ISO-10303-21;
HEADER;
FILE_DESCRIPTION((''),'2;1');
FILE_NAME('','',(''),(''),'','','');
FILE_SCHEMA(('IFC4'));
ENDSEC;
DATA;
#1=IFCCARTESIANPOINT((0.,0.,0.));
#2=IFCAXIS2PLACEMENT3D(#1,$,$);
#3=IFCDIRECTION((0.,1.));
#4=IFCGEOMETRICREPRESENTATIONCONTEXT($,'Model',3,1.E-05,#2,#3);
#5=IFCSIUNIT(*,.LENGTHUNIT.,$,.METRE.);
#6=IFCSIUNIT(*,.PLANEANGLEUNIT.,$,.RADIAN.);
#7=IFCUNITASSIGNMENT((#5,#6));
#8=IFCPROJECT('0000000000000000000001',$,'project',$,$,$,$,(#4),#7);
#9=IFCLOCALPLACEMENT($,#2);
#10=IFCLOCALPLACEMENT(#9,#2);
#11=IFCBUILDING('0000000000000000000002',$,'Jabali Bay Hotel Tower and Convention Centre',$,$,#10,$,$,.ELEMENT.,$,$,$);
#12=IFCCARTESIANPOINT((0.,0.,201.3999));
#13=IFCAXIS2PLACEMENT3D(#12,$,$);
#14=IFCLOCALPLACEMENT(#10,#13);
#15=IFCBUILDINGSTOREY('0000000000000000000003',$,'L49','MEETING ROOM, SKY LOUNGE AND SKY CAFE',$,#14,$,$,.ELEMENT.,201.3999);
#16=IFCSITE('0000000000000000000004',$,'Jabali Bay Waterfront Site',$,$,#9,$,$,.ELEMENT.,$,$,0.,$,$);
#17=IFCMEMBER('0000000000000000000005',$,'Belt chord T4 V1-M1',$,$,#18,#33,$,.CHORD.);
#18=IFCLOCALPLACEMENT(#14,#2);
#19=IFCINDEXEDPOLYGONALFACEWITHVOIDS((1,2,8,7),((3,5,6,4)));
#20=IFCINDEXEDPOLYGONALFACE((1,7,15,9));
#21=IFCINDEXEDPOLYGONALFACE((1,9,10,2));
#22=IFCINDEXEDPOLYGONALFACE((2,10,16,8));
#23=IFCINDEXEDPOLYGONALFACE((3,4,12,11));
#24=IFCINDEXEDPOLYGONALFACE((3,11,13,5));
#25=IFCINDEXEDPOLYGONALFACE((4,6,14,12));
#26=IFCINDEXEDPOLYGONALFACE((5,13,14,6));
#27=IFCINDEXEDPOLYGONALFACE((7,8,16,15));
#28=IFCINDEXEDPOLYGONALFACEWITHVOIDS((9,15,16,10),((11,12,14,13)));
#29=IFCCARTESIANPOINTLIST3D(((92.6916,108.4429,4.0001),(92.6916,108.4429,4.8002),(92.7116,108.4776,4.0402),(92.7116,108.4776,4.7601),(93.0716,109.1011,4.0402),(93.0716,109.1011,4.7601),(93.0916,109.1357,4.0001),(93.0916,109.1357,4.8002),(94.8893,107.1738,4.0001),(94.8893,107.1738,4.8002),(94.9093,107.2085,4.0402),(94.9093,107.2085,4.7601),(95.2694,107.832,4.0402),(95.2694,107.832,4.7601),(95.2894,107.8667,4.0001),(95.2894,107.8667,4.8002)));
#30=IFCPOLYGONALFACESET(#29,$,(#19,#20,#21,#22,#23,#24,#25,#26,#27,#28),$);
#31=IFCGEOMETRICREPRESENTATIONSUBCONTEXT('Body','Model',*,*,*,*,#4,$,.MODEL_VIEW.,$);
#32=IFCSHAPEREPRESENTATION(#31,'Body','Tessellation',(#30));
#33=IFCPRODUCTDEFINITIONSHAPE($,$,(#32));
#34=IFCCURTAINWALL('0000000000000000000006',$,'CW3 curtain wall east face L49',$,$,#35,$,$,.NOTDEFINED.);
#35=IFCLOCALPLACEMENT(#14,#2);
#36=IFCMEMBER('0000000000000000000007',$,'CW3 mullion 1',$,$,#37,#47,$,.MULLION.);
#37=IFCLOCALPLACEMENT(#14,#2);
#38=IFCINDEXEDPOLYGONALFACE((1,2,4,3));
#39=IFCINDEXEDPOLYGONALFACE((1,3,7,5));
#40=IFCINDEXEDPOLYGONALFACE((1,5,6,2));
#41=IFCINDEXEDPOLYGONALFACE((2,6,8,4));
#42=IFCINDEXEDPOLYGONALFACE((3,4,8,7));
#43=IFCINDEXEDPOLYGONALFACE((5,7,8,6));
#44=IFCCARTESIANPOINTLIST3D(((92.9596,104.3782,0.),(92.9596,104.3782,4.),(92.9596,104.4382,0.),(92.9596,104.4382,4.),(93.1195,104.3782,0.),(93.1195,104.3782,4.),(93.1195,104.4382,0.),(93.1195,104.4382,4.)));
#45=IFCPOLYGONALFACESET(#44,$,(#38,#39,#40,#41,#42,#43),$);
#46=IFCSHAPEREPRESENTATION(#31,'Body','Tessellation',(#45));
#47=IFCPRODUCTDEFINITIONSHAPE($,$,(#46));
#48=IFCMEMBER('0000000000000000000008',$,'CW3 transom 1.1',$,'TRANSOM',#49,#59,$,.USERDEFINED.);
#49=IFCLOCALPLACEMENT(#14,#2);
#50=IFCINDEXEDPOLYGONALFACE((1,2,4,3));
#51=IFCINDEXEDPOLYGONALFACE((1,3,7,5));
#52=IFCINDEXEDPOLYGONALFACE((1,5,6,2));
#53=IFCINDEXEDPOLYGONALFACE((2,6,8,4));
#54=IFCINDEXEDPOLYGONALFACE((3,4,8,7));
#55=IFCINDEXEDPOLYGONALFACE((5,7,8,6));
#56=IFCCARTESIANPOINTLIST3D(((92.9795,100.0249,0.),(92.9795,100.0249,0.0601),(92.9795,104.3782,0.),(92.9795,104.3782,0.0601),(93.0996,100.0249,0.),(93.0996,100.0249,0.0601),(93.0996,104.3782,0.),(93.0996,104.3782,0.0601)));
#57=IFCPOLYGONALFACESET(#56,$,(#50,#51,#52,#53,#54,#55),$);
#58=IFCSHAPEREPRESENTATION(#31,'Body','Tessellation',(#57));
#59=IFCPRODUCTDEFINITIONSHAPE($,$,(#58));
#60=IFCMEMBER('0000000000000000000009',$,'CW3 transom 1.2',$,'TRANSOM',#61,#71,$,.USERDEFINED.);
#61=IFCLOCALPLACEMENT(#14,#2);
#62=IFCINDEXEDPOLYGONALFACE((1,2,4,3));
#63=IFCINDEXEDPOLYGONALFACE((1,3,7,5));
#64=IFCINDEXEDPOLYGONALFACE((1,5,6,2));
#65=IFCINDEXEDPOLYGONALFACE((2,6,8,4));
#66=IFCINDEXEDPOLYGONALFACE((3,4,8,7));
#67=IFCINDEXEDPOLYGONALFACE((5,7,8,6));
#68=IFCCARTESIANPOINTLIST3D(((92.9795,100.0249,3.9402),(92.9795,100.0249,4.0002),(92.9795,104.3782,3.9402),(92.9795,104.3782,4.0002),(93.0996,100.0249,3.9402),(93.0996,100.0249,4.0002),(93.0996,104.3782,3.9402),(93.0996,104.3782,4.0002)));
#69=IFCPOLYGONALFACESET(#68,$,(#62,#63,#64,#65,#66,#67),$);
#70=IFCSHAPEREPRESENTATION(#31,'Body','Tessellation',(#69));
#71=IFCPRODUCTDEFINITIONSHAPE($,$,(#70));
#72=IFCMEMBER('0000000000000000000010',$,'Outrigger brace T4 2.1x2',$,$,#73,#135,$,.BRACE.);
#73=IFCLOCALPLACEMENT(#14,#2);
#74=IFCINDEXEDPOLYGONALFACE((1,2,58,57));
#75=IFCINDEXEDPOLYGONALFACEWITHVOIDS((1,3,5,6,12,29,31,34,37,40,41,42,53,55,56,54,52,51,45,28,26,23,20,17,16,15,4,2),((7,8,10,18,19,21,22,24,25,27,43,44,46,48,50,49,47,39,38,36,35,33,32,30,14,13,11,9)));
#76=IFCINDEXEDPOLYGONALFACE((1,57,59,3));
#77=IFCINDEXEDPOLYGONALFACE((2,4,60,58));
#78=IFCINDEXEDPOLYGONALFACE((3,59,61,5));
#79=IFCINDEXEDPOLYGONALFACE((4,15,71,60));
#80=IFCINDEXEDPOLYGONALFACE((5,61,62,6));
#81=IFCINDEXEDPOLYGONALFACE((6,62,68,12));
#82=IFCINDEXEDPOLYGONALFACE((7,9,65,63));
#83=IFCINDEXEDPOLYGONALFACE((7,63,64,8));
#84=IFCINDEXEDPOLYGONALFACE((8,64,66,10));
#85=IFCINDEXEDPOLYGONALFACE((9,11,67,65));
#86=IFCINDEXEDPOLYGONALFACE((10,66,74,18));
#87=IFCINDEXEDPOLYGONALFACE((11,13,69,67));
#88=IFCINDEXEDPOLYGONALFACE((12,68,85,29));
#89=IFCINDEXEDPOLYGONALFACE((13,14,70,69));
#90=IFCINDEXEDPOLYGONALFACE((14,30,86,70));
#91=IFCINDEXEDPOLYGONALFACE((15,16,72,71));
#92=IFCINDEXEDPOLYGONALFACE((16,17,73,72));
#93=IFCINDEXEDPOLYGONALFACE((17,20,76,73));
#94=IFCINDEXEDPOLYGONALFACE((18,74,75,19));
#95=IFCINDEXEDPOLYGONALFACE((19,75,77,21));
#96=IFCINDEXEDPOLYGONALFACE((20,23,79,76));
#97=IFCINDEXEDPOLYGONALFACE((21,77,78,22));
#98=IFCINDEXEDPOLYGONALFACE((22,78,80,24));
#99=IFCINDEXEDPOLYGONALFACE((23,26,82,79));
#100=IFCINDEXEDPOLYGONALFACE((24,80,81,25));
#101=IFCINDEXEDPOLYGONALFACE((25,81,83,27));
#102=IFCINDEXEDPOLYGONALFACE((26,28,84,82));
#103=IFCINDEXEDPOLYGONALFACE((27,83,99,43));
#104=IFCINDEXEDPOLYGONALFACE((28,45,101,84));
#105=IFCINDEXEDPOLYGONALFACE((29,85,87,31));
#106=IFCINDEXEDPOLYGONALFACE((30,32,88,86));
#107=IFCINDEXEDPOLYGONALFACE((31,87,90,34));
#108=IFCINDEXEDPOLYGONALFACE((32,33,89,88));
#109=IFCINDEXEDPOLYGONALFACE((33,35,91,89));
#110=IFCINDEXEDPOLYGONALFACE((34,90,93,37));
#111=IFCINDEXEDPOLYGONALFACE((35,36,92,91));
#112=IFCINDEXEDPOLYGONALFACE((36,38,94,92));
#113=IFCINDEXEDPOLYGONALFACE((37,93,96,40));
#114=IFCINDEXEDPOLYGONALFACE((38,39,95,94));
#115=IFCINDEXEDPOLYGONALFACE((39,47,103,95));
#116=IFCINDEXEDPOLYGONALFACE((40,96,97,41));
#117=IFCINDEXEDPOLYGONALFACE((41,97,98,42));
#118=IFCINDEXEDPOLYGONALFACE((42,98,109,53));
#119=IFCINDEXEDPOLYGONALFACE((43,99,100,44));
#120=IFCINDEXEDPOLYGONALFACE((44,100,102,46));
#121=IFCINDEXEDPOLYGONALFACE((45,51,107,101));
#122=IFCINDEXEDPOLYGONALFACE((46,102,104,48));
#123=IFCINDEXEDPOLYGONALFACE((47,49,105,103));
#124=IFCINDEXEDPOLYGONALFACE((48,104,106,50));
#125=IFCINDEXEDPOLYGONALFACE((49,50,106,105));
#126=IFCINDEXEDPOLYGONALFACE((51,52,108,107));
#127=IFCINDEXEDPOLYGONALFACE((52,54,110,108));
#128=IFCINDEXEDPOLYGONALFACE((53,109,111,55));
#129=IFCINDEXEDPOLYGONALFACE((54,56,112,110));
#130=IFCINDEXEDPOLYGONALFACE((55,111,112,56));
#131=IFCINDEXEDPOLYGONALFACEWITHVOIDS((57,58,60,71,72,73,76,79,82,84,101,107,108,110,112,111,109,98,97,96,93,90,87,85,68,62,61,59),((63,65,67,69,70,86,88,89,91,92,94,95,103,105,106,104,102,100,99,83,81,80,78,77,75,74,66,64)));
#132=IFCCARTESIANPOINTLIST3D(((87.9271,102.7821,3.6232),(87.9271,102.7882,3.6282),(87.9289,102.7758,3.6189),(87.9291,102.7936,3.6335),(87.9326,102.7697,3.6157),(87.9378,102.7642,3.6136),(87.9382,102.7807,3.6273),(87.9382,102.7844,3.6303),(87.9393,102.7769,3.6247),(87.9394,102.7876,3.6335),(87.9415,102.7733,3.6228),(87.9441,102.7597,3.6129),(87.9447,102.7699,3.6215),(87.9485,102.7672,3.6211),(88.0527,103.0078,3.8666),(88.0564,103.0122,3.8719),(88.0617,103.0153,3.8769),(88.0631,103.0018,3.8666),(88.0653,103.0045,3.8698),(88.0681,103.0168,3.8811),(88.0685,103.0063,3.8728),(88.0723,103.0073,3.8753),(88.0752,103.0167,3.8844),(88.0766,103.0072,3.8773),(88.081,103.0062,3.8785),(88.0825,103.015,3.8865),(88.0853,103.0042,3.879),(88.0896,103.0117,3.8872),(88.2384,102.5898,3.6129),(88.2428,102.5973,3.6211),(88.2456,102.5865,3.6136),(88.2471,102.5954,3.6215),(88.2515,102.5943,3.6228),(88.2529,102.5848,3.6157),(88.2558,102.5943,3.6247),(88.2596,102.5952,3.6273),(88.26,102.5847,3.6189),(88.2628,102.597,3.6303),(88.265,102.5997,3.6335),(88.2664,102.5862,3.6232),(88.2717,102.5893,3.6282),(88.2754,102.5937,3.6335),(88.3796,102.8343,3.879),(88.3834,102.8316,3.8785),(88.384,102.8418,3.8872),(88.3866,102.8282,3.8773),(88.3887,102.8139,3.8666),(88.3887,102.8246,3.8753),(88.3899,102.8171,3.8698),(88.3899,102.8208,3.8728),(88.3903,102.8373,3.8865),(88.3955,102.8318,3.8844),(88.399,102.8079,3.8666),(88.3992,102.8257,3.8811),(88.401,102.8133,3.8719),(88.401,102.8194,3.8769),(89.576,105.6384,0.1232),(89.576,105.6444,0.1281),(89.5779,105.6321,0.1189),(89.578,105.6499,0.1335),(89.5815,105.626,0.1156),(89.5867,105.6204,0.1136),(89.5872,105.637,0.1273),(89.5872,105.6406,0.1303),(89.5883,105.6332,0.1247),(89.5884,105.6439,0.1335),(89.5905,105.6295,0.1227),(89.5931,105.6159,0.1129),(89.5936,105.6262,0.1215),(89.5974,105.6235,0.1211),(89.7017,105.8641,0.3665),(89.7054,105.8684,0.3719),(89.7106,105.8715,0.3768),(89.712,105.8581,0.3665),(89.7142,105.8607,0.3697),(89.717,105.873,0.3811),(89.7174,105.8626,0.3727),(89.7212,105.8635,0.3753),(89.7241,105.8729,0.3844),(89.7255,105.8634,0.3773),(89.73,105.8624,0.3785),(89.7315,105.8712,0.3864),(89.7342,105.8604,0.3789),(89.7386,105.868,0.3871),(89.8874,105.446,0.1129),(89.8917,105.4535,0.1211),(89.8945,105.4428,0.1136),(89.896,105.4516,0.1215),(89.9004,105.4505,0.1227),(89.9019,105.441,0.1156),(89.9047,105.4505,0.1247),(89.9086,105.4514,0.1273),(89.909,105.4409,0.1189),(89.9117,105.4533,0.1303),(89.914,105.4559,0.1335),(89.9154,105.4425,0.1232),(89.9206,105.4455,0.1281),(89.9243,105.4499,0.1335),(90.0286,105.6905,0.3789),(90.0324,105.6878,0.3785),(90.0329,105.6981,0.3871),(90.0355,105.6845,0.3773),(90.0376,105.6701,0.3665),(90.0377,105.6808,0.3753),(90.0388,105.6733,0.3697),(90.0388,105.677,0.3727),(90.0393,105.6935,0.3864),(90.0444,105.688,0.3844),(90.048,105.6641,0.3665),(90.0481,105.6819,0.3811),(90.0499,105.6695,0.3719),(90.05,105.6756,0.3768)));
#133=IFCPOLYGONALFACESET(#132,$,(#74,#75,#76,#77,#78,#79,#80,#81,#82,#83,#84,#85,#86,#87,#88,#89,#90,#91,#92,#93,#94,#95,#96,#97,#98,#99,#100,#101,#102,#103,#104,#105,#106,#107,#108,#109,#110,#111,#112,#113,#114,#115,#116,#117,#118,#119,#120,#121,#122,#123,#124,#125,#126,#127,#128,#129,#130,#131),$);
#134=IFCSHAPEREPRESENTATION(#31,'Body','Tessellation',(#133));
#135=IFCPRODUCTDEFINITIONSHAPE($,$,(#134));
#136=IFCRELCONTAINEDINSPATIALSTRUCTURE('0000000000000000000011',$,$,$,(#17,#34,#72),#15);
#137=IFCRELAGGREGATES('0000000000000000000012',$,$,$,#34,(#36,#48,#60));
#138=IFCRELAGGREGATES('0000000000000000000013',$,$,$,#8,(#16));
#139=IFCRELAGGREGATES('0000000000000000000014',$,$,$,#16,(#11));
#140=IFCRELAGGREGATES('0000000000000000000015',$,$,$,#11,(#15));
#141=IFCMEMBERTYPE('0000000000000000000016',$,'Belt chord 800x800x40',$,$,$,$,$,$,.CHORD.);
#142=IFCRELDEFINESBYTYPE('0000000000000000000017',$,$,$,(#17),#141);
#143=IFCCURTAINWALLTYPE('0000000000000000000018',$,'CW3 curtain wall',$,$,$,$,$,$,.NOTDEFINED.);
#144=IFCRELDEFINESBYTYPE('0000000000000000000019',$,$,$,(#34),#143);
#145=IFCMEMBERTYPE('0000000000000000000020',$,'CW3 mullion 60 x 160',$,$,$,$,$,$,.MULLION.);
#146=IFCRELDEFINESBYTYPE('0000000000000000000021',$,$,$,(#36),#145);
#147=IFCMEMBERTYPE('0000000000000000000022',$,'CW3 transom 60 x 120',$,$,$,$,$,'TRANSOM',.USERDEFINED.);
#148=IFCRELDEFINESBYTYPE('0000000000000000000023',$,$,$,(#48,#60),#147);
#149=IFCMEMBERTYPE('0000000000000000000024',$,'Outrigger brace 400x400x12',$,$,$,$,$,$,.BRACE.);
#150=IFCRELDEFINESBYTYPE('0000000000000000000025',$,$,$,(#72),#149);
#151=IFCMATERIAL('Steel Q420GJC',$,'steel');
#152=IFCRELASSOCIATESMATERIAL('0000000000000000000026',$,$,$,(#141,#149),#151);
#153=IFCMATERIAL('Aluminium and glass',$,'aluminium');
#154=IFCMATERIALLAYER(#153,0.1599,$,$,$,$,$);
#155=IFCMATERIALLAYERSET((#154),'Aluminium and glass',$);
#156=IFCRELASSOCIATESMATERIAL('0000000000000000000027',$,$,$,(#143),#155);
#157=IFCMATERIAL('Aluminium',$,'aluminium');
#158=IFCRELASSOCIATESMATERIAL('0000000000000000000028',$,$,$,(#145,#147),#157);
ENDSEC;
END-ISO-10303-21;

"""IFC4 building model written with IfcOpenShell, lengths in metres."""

from ifc_helpers import new_model, si_unit, direction, frame, origin, origin_2d, place, context, subcontext, project, spatial, rectangle, hollow_rectangle, extrude, material, layer, layer_set, material_profile, profile_set, type_object, element, aggregate, save


model = new_model("IFC4")

# Units and contexts
model_context = context("Model", 3, precision=1e-05, world=origin(), true_north=direction((0.0, 1.0)))
body_context = subcontext(model_context, "Body", "Model", "MODEL_VIEW")
ifc_project = project(units=[si_unit("LENGTHUNIT", "METRE"), si_unit("PLANEANGLEUNIT", "RADIAN")], contexts=[model_context])

# Site, building, storey
site_placement = place(None, origin())
site = spatial("IfcSite", under=ifc_project, at=site_placement, Name="Jabali Bay Waterfront Site", CompositionType="ELEMENT", RefElevation=0.0)
building_placement = place(site_placement, origin())
building = spatial("IfcBuilding", under=site, at=building_placement, Name="Jabali Bay Hotel Tower and Convention Centre", CompositionType="ELEMENT")
storey_placement = place(building_placement, frame((0.0, 0.0, 201.3999)))
storey = spatial("IfcBuildingStorey", under=building, at=storey_placement, Name="L49", Description="MEETING ROOM, SKY LOUNGE AND SKY CAFE", CompositionType="ELEMENT", Elevation=201.3999)

# Member
ifc_material_1 = material(Name="Steel Q420GJC", Category="steel")
ifc_material_profile_1 = material_profile(ifc_material_1, hollow_rectangle(XDim=0.8, YDim=0.8, WallThickness=0.04, at=origin_2d()), Name="Belt chord 800x800x40")
ifc_profile_set_1 = profile_set([ifc_material_profile_1], Name="Steel Q420GJC")
member_type_1 = type_object("IfcMemberType", Name="Belt chord 800x800x40", PredefinedType="CHORD", material=ifc_profile_set_1)
for number, where, z_axis, x_axis, name in (
    (1, (95.0894, 107.5203, 4.4001), (-0.865997, 0.50005, 0.0), (-0.50005, -0.865997, 0.0), "Belt chord T4 V1-M1"),
):
    element("IfcMember", number, at=place(storey_placement, frame(where, z_axis=z_axis, x_axis=x_axis)), inside=storey, type_object=member_type_1, Name=name, PredefinedType="CHORD", context=body_context, shape_type="SweptSolid", body=[
        extrude(hollow_rectangle(XDim=0.8, YDim=0.8, WallThickness=0.04, at=origin_2d()), origin(), (0.0, 0.0, 1.0), 2.5378),
    ])

# Curtain wall, members
ifc_material_2 = material(Name="Aluminium and glass", Category="aluminium")
ifc_layer_1 = layer(ifc_material_2, 0.1599)
ifc_layer_set_1 = layer_set([ifc_layer_1], Name="Aluminium and glass")
curtain_wall_type = type_object("IfcCurtainWallType", Name="CW3 curtain wall", PredefinedType="NOTDEFINED", material=ifc_layer_set_1)
curtain_wall_placement = place(storey_placement, origin())
curtain_wall = element("IfcCurtainWall", 2, at=curtain_wall_placement, inside=storey, type_object=curtain_wall_type, Name="CW3 curtain wall east face L49", PredefinedType="NOTDEFINED")
ifc_material_3 = material(Name="Aluminium", Category="aluminium")
ifc_material_profile_2 = material_profile(ifc_material_3, rectangle(XDim=0.1599, YDim=0.0601, at=origin_2d()), Name="CW3 mullion 60 x 160")
ifc_profile_set_2 = profile_set([ifc_material_profile_2], Name="Aluminium")
member_type_2 = type_object("IfcMemberType", Name="CW3 mullion 60 x 160", PredefinedType="MULLION", material=ifc_profile_set_2)
member_1_placement = place(storey_placement, frame((93.0396, 104.4082, 0.0), z_axis=(0.0, 0.0, 1.0), x_axis=(1.0, 0.0, 0.0)))
member_1 = element("IfcMember", 3, at=member_1_placement, type_object=member_type_2, Name="CW3 mullion 1", PredefinedType="MULLION", context=body_context, shape_type="SweptSolid", body=[
    extrude(rectangle(XDim=0.1599, YDim=0.0601, at=origin_2d()), origin(), (0.0, 0.0, 1.0), 4.0),
])
ifc_material_profile_3 = material_profile(ifc_material_3, rectangle(XDim=0.1201, YDim=0.0601, at=origin_2d()), Name="CW3 transom 60 x 120")
ifc_profile_set_3 = profile_set([ifc_material_profile_3], Name="Aluminium")
member_type_3 = type_object("IfcMemberType", Name="CW3 transom 60 x 120", ElementType="TRANSOM", PredefinedType="USERDEFINED", material=ifc_profile_set_3)
member_2_placement = place(storey_placement, frame((93.0396, 104.3782, 0.03), z_axis=(0.0, -1.0, 0.0), x_axis=(1.0, 0.0, 0.0)))
member_2 = element("IfcMember", 4, at=member_2_placement, type_object=member_type_3, Name="CW3 transom 1.1", ObjectType="TRANSOM", PredefinedType="USERDEFINED", context=body_context, shape_type="SweptSolid", body=[
    extrude(rectangle(XDim=0.1201, YDim=0.0601, at=origin_2d()), origin(), (0.0, 0.0, 1.0), 4.3533),
])
member_3_placement = place(storey_placement, frame((93.0396, 104.3782, 3.9702), z_axis=(0.0, -1.0, 0.0), x_axis=(1.0, 0.0, 0.0)))
member_3 = element("IfcMember", 5, at=member_3_placement, type_object=member_type_3, Name="CW3 transom 1.2", ObjectType="TRANSOM", PredefinedType="USERDEFINED", context=body_context, shape_type="SweptSolid", body=[
    extrude(rectangle(XDim=0.1201, YDim=0.0601, at=origin_2d()), origin(), (0.0, 0.0, 1.0), 4.3533),
])

# Member
ifc_material_profile_4 = material_profile(ifc_material_1, hollow_rectangle(XDim=0.3999, YDim=0.3999, WallThickness=0.012, InnerFilletRadius=0.0181, OuterFilletRadius=0.03, at=origin_2d()), Name="Outrigger brace 400x400x12")
ifc_profile_set_4 = profile_set([ifc_material_profile_4], Name="Steel Q420GJC")
member_type_4 = type_object("IfcMemberType", Name="Outrigger brace 400x400x12", PredefinedType="BRACE", material=ifc_profile_set_4)
member_4_placement = place(storey_placement, frame((89.813, 105.657, 0.25), z_axis=(-0.342881, -0.593924, 0.727796), x_axis=(0.866039, -0.499977, 0.0)))
element("IfcMember", 6, at=member_4_placement, inside=storey, type_object=member_type_4, Name="Outrigger brace T4 2.1x2", PredefinedType="BRACE", context=body_context, shape_type="SweptSolid", body=[
    extrude(hollow_rectangle(XDim=0.3999, YDim=0.3999, WallThickness=0.012, InnerFilletRadius=0.0181, OuterFilletRadius=0.03, at=origin_2d()), origin(), (0.0, 0.0, 1.0), 4.8091),
])

aggregate(curtain_wall, [member_1, member_2, member_3])

save(model, "model.ifc")
